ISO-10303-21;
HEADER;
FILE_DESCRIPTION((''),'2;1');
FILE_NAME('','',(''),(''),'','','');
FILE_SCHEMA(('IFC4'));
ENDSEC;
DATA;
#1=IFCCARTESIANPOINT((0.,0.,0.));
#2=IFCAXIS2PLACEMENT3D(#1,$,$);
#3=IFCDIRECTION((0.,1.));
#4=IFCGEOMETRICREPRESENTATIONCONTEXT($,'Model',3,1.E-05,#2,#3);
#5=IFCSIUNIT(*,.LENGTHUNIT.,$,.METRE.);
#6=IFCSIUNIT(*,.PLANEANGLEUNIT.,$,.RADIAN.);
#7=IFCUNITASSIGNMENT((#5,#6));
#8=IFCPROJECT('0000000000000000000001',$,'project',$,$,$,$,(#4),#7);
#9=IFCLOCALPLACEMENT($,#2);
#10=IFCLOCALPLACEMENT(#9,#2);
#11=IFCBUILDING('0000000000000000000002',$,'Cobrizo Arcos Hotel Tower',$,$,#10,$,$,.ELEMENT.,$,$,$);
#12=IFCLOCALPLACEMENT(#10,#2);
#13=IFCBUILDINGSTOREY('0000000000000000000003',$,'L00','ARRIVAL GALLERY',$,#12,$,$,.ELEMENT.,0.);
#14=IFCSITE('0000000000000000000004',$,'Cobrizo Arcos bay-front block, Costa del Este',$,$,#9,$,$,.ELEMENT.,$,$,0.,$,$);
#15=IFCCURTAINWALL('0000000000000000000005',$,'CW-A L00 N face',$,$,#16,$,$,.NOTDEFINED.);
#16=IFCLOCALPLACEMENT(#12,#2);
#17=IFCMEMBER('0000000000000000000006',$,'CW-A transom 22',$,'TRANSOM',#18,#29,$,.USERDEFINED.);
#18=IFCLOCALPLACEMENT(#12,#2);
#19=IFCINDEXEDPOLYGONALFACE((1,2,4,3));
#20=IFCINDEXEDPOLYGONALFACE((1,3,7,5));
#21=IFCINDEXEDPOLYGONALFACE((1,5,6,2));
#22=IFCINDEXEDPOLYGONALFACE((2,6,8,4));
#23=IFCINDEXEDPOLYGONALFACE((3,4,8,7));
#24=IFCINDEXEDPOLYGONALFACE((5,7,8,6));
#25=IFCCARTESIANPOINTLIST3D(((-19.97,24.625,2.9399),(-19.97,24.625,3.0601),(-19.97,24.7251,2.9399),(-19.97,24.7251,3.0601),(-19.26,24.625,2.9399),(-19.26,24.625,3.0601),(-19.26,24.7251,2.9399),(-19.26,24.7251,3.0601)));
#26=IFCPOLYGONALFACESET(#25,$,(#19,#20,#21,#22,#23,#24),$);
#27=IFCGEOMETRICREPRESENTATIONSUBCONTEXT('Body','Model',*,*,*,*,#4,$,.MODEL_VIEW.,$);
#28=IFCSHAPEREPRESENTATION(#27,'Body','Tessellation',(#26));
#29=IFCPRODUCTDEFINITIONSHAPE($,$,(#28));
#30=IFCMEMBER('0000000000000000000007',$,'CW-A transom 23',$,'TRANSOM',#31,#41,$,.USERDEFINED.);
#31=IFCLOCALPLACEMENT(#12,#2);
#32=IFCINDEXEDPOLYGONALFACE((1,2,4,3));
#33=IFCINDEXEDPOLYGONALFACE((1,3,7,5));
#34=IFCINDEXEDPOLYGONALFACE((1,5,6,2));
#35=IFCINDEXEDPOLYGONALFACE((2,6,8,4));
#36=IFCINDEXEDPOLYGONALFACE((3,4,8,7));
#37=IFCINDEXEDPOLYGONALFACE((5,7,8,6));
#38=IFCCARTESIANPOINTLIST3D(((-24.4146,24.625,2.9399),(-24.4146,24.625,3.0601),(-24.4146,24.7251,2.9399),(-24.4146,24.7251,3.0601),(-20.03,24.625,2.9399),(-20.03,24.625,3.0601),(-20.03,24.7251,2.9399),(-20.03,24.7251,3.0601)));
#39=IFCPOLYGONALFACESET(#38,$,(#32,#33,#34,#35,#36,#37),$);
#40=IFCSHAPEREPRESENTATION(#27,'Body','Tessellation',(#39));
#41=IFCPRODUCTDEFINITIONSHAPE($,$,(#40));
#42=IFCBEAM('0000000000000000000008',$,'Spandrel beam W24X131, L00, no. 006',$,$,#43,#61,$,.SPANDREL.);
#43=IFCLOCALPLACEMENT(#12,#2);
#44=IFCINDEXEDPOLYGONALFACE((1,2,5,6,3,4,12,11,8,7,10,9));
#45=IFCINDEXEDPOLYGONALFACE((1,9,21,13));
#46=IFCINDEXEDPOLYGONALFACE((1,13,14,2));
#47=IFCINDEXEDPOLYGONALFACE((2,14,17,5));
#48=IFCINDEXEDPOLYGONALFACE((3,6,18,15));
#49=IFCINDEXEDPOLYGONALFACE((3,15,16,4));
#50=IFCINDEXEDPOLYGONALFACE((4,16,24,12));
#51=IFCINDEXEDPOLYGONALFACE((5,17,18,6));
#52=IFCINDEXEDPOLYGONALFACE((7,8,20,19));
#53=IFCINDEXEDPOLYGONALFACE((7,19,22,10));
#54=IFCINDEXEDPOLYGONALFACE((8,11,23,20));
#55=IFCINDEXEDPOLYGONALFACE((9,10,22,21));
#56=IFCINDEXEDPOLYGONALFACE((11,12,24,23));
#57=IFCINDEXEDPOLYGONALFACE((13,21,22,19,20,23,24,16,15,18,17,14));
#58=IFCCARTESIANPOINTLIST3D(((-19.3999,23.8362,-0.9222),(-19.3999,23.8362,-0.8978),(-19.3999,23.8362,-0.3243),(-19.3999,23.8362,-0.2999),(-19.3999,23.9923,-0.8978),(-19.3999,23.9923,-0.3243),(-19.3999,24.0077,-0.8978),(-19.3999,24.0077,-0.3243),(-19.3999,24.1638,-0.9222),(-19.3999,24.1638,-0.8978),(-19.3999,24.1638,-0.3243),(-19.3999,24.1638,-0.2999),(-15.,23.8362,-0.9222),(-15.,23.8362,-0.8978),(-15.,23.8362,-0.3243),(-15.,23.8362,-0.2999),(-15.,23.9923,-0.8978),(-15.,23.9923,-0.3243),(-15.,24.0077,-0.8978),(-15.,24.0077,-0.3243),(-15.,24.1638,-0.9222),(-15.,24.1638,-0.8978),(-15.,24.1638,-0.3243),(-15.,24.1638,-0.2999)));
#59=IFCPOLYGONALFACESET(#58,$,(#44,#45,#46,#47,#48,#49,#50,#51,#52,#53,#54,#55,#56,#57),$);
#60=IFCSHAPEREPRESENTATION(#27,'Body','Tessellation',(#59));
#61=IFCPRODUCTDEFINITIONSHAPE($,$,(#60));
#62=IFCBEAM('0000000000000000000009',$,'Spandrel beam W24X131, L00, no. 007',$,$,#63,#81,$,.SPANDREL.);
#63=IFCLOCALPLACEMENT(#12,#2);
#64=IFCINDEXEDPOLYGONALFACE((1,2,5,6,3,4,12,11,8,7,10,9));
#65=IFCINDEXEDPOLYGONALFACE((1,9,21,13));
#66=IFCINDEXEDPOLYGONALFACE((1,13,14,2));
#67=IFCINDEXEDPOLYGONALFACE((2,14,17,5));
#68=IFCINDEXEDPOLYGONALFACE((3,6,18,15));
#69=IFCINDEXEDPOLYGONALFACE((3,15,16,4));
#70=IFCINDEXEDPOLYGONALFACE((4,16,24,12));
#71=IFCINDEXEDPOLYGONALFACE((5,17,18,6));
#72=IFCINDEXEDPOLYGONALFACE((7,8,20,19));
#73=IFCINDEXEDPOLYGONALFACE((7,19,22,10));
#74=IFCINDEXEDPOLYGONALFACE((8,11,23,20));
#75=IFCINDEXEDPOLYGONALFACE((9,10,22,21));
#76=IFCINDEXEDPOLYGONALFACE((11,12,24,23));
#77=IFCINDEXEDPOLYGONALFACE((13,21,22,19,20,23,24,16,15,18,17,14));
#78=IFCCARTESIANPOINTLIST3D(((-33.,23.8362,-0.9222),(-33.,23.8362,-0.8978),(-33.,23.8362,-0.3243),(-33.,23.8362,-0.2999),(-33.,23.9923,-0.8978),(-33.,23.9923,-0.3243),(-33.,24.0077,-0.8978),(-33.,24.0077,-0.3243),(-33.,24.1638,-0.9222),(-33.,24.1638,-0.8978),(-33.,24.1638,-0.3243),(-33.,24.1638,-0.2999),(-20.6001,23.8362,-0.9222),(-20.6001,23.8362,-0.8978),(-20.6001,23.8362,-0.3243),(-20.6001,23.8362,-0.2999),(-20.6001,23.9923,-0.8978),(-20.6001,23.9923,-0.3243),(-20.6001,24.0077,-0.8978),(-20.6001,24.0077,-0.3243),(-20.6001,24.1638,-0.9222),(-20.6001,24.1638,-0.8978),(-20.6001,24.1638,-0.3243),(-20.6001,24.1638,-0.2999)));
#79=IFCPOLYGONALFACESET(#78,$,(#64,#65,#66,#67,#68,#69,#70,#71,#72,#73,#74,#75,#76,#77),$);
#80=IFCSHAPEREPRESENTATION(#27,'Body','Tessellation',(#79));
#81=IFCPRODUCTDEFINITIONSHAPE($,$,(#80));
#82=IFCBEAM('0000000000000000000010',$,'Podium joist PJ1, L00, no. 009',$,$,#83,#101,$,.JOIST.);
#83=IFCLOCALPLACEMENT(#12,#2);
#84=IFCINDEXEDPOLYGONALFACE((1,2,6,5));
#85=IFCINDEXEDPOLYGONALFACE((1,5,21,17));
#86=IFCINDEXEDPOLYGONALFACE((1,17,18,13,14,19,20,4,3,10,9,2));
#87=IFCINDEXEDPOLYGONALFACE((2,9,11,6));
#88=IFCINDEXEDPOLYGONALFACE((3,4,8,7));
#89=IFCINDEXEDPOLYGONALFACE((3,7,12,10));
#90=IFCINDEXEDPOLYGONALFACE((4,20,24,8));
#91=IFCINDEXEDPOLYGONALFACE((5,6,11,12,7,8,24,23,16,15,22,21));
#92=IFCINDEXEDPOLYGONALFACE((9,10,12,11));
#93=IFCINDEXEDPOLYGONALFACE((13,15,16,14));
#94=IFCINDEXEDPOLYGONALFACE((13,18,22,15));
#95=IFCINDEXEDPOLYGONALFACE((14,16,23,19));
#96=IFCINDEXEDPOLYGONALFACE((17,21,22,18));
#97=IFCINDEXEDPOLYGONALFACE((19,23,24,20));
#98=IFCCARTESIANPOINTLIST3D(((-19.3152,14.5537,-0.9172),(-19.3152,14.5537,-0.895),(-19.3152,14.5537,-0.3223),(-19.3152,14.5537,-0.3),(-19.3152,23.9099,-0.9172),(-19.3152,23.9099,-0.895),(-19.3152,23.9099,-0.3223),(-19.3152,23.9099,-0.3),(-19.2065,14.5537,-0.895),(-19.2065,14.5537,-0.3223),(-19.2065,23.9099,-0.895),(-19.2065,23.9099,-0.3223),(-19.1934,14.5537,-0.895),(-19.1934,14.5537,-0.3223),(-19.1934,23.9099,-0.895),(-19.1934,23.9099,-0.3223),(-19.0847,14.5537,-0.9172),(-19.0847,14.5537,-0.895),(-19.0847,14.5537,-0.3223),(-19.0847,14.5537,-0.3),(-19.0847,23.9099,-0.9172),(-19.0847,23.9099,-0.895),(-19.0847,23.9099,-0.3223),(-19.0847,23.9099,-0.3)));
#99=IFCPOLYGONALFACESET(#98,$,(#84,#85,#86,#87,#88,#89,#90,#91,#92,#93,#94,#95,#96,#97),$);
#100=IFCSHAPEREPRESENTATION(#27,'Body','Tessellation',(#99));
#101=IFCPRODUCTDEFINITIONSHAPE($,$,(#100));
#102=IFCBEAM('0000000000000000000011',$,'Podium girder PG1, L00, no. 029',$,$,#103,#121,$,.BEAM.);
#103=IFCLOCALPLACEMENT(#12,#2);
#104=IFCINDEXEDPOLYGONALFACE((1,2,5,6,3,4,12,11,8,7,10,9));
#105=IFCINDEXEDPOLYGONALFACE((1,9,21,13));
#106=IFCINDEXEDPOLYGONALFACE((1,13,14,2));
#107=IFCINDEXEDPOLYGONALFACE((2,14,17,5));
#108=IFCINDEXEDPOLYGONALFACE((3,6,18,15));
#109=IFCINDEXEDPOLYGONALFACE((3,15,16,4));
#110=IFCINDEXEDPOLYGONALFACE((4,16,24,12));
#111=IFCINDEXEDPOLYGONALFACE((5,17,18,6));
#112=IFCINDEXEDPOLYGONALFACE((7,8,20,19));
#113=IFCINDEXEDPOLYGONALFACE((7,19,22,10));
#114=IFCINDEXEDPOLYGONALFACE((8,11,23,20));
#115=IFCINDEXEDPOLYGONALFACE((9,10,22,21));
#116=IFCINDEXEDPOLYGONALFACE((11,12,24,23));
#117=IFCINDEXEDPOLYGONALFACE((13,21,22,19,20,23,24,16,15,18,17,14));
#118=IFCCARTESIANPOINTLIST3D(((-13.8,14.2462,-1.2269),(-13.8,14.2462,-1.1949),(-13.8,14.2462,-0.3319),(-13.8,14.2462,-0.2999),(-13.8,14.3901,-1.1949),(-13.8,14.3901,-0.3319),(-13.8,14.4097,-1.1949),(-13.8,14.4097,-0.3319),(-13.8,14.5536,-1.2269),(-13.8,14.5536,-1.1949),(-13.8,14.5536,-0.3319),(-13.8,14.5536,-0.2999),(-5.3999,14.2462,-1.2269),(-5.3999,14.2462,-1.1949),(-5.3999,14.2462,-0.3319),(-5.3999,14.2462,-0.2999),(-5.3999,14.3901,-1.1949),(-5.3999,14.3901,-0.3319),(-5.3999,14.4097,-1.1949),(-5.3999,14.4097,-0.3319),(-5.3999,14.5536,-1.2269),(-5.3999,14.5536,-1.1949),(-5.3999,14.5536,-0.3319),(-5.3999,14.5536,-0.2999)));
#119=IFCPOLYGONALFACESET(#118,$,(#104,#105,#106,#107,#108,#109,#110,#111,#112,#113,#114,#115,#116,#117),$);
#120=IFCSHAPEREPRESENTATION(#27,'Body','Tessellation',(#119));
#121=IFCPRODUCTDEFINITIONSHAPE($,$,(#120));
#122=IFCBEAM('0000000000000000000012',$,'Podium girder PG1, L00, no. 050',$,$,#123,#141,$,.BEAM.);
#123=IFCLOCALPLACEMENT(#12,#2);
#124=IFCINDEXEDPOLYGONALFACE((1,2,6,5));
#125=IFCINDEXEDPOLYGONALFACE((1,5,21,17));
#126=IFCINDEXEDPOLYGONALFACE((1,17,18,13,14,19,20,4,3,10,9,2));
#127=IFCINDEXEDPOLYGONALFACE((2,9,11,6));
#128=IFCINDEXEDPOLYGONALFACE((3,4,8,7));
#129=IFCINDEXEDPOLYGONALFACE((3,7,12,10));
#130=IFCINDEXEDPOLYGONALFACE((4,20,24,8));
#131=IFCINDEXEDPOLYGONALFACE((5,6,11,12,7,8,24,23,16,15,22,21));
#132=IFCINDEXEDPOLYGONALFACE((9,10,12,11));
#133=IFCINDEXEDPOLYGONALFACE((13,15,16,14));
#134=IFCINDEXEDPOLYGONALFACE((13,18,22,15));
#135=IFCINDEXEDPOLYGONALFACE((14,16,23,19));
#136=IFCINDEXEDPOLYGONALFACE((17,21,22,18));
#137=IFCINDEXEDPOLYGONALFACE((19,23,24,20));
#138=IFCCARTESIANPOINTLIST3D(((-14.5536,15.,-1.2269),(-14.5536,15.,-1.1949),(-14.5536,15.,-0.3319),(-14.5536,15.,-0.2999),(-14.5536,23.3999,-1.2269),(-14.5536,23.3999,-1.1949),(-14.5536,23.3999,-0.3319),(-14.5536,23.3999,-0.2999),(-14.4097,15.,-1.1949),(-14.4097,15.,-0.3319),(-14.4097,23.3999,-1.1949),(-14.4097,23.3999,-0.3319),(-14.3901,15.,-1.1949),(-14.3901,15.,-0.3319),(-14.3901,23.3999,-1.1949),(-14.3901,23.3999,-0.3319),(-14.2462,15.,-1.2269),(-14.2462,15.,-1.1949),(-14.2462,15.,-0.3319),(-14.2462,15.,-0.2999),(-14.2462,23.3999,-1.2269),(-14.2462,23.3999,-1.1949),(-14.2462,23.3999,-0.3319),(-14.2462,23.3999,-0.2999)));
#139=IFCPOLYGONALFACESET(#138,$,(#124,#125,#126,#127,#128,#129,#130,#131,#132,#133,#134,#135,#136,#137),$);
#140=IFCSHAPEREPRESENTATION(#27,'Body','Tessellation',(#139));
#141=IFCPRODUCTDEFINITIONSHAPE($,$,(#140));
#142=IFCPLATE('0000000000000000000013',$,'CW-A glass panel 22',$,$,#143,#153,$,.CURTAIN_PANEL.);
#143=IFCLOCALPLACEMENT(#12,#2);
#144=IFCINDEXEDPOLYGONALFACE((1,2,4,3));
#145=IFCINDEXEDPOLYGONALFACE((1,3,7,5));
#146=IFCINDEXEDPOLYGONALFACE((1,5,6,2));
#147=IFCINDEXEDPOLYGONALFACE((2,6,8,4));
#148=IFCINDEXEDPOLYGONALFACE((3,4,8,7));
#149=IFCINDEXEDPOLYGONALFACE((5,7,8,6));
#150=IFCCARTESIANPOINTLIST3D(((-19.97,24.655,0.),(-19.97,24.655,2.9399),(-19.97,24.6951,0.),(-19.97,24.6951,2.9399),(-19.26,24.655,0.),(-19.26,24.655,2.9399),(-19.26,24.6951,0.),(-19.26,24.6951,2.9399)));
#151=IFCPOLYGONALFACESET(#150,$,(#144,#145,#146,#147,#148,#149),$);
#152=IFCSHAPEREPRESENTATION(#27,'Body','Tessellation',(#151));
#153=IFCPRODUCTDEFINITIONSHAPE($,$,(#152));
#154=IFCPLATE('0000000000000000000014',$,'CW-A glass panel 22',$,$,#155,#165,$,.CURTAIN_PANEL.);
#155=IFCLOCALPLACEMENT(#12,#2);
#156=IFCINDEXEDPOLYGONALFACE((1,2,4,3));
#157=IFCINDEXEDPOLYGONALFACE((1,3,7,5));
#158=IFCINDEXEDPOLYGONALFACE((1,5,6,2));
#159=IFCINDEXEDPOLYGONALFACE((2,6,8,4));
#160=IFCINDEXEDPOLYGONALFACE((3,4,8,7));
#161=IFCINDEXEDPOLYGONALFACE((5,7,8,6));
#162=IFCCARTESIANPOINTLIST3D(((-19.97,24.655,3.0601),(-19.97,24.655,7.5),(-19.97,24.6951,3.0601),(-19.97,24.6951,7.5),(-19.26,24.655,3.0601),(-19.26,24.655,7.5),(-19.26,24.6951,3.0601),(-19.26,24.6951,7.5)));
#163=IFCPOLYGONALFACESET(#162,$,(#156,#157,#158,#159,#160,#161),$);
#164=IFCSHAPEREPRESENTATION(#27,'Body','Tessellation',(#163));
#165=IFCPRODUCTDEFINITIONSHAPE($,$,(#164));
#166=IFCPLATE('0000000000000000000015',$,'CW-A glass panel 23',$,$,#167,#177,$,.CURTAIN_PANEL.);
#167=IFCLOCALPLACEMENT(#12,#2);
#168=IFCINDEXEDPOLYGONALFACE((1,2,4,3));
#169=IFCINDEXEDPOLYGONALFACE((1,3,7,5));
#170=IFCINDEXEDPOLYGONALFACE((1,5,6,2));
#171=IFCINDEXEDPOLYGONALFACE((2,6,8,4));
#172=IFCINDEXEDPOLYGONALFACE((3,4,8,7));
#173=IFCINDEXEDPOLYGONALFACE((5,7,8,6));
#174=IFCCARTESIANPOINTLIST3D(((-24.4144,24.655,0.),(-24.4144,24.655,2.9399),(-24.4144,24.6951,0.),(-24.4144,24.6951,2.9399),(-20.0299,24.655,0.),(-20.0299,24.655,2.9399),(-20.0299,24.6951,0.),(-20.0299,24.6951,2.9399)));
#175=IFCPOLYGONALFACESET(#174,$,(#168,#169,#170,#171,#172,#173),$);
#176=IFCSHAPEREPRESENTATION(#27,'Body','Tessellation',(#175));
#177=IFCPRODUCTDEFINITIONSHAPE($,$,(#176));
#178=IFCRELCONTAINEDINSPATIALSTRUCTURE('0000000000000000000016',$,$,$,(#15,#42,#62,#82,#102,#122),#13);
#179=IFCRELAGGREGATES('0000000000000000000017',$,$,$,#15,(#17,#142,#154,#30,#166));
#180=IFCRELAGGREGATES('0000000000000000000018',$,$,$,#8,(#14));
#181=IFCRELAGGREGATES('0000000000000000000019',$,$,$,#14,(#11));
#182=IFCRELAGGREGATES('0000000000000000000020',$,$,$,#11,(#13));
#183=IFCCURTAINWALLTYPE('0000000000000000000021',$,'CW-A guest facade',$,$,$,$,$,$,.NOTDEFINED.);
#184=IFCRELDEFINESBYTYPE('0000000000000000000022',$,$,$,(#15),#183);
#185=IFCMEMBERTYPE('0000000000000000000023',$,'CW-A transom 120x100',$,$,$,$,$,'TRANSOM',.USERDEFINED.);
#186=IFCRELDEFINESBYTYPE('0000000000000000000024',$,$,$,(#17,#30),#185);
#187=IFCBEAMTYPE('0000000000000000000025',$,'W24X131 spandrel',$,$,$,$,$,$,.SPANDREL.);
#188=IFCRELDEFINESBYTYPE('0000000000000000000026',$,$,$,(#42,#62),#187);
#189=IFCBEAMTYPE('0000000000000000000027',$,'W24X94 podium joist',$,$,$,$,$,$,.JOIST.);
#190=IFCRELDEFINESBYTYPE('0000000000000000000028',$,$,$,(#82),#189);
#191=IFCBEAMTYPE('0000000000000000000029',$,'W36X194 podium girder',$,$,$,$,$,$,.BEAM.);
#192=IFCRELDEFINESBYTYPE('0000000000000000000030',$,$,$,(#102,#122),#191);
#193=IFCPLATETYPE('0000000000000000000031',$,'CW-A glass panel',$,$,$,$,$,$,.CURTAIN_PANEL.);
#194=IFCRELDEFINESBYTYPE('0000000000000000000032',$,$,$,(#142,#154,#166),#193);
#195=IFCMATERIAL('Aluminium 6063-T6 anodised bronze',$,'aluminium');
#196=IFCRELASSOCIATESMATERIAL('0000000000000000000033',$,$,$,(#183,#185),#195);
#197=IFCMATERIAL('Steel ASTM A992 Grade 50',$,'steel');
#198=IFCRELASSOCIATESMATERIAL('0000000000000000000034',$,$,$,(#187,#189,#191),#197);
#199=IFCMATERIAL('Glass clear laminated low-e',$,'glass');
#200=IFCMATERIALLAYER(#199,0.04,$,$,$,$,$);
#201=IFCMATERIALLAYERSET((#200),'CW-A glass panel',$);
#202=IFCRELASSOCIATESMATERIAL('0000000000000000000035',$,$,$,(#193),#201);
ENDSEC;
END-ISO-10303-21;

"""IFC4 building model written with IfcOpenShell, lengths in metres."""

from ifc_helpers import new_model, si_unit, direction, frame, origin, origin_2d, place, context, subcontext, project, spatial, rectangle, i_section, extrude, material, layer, layer_set, material_profile, profile_set, type_object, element, aggregate, save


model = new_model("IFC4")

# Units and contexts
model_context = context("Model", 3, precision=1e-05, world=origin(), true_north=direction((0.0, 1.0)))
body_context = subcontext(model_context, "Body", "Model", "MODEL_VIEW")
ifc_project = project(units=[si_unit("LENGTHUNIT", "METRE"), si_unit("PLANEANGLEUNIT", "RADIAN")], contexts=[model_context])

# Site, building, storey
site_placement = place(None, origin())
site = spatial("IfcSite", under=ifc_project, at=site_placement, Name="Cobrizo Arcos bay-front block, Costa del Este", CompositionType="ELEMENT", RefElevation=0.0)
building_placement = place(site_placement, origin())
building = spatial("IfcBuilding", under=site, at=building_placement, Name="Cobrizo Arcos Hotel Tower", CompositionType="ELEMENT")
storey_placement = place(building_placement, origin())
storey = spatial("IfcBuildingStorey", under=building, at=storey_placement, Name="L00", Description="ARRIVAL GALLERY", CompositionType="ELEMENT", Elevation=0.0)

# Curtain wall, members
ifc_material_1 = material(Name="Aluminium 6063-T6 anodised bronze", Category="aluminium")
curtain_wall_type = type_object("IfcCurtainWallType", Name="CW-A guest facade", PredefinedType="NOTDEFINED", material=ifc_material_1)
curtain_wall_placement = place(storey_placement, origin())
curtain_wall = element("IfcCurtainWall", 1, at=curtain_wall_placement, inside=storey, type_object=curtain_wall_type, Name="CW-A L00 N face", PredefinedType="NOTDEFINED")
ifc_material_profile_1 = material_profile(ifc_material_1, rectangle(XDim=0.1001, YDim=0.1201, at=origin_2d()), Name="CW-A transom 120x100")
ifc_profile_set_1 = profile_set([ifc_material_profile_1], Name="Aluminium 6063-T6 anodised bronze")
member_type_1 = type_object("IfcMemberType", Name="CW-A transom 120x100", ElementType="TRANSOM", PredefinedType="USERDEFINED", material=ifc_profile_set_1)
member_1_placement = place(storey_placement, frame((-19.26, 24.675, 3.0), z_axis=(-1.0, 0.0, 0.0), x_axis=(0.0, -1.0, 0.0)))
member_1 = element("IfcMember", 2, at=member_1_placement, type_object=member_type_1, Name="CW-A transom 22", ObjectType="TRANSOM", PredefinedType="USERDEFINED", context=body_context, shape_type="SweptSolid", body=[
    extrude(rectangle(XDim=0.1001, YDim=0.1201, at=origin_2d()), origin(), (0.0, 0.0, 1.0), 0.71),
])
member_2_placement = place(storey_placement, frame((-20.03, 24.675, 3.0), z_axis=(-1.0, 0.0, 0.0), x_axis=(0.0, -1.0, 0.0)))
member_2 = element("IfcMember", 3, at=member_2_placement, type_object=member_type_1, Name="CW-A transom 23", ObjectType="TRANSOM", PredefinedType="USERDEFINED", context=body_context, shape_type="SweptSolid", body=[
    extrude(rectangle(XDim=0.1001, YDim=0.1201, at=origin_2d()), origin(), (0.0, 0.0, 1.0), 4.3845),
])

# Beams
ifc_material_2 = material(Name="Steel ASTM A992 Grade 50", Category="steel")
ifc_material_profile_2 = material_profile(ifc_material_2, i_section(OverallWidth=0.3276, OverallDepth=0.6223, WebThickness=0.0154, FlangeThickness=0.0244, at=origin_2d()), Name="W24X131")
ifc_profile_set_2 = profile_set([ifc_material_profile_2], Name="Steel ASTM A992 Grade 50")
beam_type_1 = type_object("IfcBeamType", Name="W24X131 spandrel", PredefinedType="SPANDREL", material=ifc_profile_set_2)
beam_1_placement = place(storey_placement, frame((-15.0, 24.0, -0.6111), z_axis=(-1.0, 0.0, 0.0), x_axis=(0.0, -1.0, 0.0)))
element("IfcBeam", 4, at=beam_1_placement, inside=storey, type_object=beam_type_1, Name="Spandrel beam W24X131, L00, no. 006", PredefinedType="SPANDREL", context=body_context, shape_type="SweptSolid", body=[
    extrude(i_section(OverallWidth=0.3276, OverallDepth=0.6223, WebThickness=0.0154, FlangeThickness=0.0244, at=origin_2d()), origin(), (0.0, 0.0, 1.0), 4.3999),
])
beam_2_placement = place(storey_placement, frame((-20.6001, 24.0, -0.6111), z_axis=(-1.0, 0.0, 0.0), x_axis=(0.0, -1.0, 0.0)))
element("IfcBeam", 5, at=beam_2_placement, inside=storey, type_object=beam_type_1, Name="Spandrel beam W24X131, L00, no. 007", PredefinedType="SPANDREL", context=body_context, shape_type="SweptSolid", body=[
    extrude(i_section(OverallWidth=0.3276, OverallDepth=0.6223, WebThickness=0.0154, FlangeThickness=0.0244, at=origin_2d()), origin(), (0.0, 0.0, 1.0), 12.3999),
])
ifc_material_profile_3 = material_profile(ifc_material_2, i_section(OverallWidth=0.2305, OverallDepth=0.6172, WebThickness=0.0132, FlangeThickness=0.0222, at=origin_2d()), Name="W24X94")
ifc_profile_set_3 = profile_set([ifc_material_profile_3], Name="Steel ASTM A992 Grade 50")
beam_type_2 = type_object("IfcBeamType", Name="W24X94 podium joist", PredefinedType="JOIST", material=ifc_profile_set_3)
beam_3_placement = place(storey_placement, frame((-19.2, 14.5537, -0.6086), z_axis=(0.0, 1.0, 0.0), x_axis=(-1.0, 0.0, 0.0)))
element("IfcBeam", 6, at=beam_3_placement, inside=storey, type_object=beam_type_2, Name="Podium joist PJ1, L00, no. 009", PredefinedType="JOIST", context=body_context, shape_type="SweptSolid", body=[
    extrude(i_section(OverallWidth=0.2305, OverallDepth=0.6172, WebThickness=0.0132, FlangeThickness=0.0222, at=origin_2d()), origin(), (0.0, 0.0, 1.0), 9.3562),
])
ifc_material_profile_4 = material_profile(ifc_material_2, i_section(OverallWidth=0.3074, OverallDepth=0.927, WebThickness=0.0195, FlangeThickness=0.032, at=origin_2d()), Name="W36X194")
ifc_profile_set_4 = profile_set([ifc_material_profile_4], Name="Steel ASTM A992 Grade 50")
beam_type_3 = type_object("IfcBeamType", Name="W36X194 podium girder", PredefinedType="BEAM", material=ifc_profile_set_4)
beam_4_placement = place(storey_placement, frame((-13.8, 14.3999, -0.7634), z_axis=(1.0, 0.0, 0.0), x_axis=(0.0, 1.0, 0.0)))
element("IfcBeam", 7, at=beam_4_placement, inside=storey, type_object=beam_type_3, Name="Podium girder PG1, L00, no. 029", PredefinedType="BEAM", context=body_context, shape_type="SweptSolid", body=[
    extrude(i_section(OverallWidth=0.3074, OverallDepth=0.927, WebThickness=0.0195, FlangeThickness=0.032, at=origin_2d()), origin(), (0.0, 0.0, 1.0), 8.4001),
])
beam_5_placement = place(storey_placement, frame((-14.3999, 15.0, -0.7634), z_axis=(0.0, 1.0, 0.0), x_axis=(-1.0, 0.0, 0.0)))
element("IfcBeam", 8, at=beam_5_placement, inside=storey, type_object=beam_type_3, Name="Podium girder PG1, L00, no. 050", PredefinedType="BEAM", context=body_context, shape_type="SweptSolid", body=[
    extrude(i_section(OverallWidth=0.3074, OverallDepth=0.927, WebThickness=0.0195, FlangeThickness=0.032, at=origin_2d()), origin(), (0.0, 0.0, 1.0), 8.3999),
])

# Plates
ifc_material_3 = material(Name="Glass clear laminated low-e", Category="glass")
ifc_layer_1 = layer(ifc_material_3, 0.04)
ifc_layer_set_1 = layer_set([ifc_layer_1], Name="CW-A glass panel")
plate_type = type_object("IfcPlateType", Name="CW-A glass panel", PredefinedType="CURTAIN_PANEL", material=ifc_layer_set_1)
plate_1_placement = place(storey_placement, frame((-19.615, 24.675, 0.0), z_axis=(0.0, 0.0, 1.0), x_axis=(-1.0, 0.0, 0.0)))
plate_1 = element("IfcPlate", 9, at=plate_1_placement, type_object=plate_type, Name="CW-A glass panel 22", PredefinedType="CURTAIN_PANEL", context=body_context, shape_type="SweptSolid", body=[
    extrude(rectangle(XDim=0.71, YDim=0.04, at=origin_2d()), origin(), (0.0, 0.0, 1.0), 2.9399),
])
plate_2_placement = place(storey_placement, frame((-19.615, 24.675, 3.0601), z_axis=(0.0, 0.0, 1.0), x_axis=(-1.0, 0.0, 0.0)))
plate_2 = element("IfcPlate", 10, at=plate_2_placement, type_object=plate_type, Name="CW-A glass panel 22", PredefinedType="CURTAIN_PANEL", context=body_context, shape_type="SweptSolid", body=[
    extrude(rectangle(XDim=0.71, YDim=0.04, at=origin_2d()), origin(), (0.0, 0.0, 1.0), 4.4399),
])
plate_3_placement = place(storey_placement, frame((-22.2222, 24.675, 0.0), z_axis=(0.0, 0.0, 1.0), x_axis=(-1.0, 0.0, 0.0)))
plate_3 = element("IfcPlate", 11, at=plate_3_placement, type_object=plate_type, Name="CW-A glass panel 23", PredefinedType="CURTAIN_PANEL", context=body_context, shape_type="SweptSolid", body=[
    extrude(rectangle(XDim=4.3845, YDim=0.04, at=origin_2d()), origin(), (0.0, 0.0, 1.0), 2.9399),
])
aggregate(curtain_wall, [member_1, plate_1, plate_2, member_2, plate_3])

save(model, "model.ifc")
